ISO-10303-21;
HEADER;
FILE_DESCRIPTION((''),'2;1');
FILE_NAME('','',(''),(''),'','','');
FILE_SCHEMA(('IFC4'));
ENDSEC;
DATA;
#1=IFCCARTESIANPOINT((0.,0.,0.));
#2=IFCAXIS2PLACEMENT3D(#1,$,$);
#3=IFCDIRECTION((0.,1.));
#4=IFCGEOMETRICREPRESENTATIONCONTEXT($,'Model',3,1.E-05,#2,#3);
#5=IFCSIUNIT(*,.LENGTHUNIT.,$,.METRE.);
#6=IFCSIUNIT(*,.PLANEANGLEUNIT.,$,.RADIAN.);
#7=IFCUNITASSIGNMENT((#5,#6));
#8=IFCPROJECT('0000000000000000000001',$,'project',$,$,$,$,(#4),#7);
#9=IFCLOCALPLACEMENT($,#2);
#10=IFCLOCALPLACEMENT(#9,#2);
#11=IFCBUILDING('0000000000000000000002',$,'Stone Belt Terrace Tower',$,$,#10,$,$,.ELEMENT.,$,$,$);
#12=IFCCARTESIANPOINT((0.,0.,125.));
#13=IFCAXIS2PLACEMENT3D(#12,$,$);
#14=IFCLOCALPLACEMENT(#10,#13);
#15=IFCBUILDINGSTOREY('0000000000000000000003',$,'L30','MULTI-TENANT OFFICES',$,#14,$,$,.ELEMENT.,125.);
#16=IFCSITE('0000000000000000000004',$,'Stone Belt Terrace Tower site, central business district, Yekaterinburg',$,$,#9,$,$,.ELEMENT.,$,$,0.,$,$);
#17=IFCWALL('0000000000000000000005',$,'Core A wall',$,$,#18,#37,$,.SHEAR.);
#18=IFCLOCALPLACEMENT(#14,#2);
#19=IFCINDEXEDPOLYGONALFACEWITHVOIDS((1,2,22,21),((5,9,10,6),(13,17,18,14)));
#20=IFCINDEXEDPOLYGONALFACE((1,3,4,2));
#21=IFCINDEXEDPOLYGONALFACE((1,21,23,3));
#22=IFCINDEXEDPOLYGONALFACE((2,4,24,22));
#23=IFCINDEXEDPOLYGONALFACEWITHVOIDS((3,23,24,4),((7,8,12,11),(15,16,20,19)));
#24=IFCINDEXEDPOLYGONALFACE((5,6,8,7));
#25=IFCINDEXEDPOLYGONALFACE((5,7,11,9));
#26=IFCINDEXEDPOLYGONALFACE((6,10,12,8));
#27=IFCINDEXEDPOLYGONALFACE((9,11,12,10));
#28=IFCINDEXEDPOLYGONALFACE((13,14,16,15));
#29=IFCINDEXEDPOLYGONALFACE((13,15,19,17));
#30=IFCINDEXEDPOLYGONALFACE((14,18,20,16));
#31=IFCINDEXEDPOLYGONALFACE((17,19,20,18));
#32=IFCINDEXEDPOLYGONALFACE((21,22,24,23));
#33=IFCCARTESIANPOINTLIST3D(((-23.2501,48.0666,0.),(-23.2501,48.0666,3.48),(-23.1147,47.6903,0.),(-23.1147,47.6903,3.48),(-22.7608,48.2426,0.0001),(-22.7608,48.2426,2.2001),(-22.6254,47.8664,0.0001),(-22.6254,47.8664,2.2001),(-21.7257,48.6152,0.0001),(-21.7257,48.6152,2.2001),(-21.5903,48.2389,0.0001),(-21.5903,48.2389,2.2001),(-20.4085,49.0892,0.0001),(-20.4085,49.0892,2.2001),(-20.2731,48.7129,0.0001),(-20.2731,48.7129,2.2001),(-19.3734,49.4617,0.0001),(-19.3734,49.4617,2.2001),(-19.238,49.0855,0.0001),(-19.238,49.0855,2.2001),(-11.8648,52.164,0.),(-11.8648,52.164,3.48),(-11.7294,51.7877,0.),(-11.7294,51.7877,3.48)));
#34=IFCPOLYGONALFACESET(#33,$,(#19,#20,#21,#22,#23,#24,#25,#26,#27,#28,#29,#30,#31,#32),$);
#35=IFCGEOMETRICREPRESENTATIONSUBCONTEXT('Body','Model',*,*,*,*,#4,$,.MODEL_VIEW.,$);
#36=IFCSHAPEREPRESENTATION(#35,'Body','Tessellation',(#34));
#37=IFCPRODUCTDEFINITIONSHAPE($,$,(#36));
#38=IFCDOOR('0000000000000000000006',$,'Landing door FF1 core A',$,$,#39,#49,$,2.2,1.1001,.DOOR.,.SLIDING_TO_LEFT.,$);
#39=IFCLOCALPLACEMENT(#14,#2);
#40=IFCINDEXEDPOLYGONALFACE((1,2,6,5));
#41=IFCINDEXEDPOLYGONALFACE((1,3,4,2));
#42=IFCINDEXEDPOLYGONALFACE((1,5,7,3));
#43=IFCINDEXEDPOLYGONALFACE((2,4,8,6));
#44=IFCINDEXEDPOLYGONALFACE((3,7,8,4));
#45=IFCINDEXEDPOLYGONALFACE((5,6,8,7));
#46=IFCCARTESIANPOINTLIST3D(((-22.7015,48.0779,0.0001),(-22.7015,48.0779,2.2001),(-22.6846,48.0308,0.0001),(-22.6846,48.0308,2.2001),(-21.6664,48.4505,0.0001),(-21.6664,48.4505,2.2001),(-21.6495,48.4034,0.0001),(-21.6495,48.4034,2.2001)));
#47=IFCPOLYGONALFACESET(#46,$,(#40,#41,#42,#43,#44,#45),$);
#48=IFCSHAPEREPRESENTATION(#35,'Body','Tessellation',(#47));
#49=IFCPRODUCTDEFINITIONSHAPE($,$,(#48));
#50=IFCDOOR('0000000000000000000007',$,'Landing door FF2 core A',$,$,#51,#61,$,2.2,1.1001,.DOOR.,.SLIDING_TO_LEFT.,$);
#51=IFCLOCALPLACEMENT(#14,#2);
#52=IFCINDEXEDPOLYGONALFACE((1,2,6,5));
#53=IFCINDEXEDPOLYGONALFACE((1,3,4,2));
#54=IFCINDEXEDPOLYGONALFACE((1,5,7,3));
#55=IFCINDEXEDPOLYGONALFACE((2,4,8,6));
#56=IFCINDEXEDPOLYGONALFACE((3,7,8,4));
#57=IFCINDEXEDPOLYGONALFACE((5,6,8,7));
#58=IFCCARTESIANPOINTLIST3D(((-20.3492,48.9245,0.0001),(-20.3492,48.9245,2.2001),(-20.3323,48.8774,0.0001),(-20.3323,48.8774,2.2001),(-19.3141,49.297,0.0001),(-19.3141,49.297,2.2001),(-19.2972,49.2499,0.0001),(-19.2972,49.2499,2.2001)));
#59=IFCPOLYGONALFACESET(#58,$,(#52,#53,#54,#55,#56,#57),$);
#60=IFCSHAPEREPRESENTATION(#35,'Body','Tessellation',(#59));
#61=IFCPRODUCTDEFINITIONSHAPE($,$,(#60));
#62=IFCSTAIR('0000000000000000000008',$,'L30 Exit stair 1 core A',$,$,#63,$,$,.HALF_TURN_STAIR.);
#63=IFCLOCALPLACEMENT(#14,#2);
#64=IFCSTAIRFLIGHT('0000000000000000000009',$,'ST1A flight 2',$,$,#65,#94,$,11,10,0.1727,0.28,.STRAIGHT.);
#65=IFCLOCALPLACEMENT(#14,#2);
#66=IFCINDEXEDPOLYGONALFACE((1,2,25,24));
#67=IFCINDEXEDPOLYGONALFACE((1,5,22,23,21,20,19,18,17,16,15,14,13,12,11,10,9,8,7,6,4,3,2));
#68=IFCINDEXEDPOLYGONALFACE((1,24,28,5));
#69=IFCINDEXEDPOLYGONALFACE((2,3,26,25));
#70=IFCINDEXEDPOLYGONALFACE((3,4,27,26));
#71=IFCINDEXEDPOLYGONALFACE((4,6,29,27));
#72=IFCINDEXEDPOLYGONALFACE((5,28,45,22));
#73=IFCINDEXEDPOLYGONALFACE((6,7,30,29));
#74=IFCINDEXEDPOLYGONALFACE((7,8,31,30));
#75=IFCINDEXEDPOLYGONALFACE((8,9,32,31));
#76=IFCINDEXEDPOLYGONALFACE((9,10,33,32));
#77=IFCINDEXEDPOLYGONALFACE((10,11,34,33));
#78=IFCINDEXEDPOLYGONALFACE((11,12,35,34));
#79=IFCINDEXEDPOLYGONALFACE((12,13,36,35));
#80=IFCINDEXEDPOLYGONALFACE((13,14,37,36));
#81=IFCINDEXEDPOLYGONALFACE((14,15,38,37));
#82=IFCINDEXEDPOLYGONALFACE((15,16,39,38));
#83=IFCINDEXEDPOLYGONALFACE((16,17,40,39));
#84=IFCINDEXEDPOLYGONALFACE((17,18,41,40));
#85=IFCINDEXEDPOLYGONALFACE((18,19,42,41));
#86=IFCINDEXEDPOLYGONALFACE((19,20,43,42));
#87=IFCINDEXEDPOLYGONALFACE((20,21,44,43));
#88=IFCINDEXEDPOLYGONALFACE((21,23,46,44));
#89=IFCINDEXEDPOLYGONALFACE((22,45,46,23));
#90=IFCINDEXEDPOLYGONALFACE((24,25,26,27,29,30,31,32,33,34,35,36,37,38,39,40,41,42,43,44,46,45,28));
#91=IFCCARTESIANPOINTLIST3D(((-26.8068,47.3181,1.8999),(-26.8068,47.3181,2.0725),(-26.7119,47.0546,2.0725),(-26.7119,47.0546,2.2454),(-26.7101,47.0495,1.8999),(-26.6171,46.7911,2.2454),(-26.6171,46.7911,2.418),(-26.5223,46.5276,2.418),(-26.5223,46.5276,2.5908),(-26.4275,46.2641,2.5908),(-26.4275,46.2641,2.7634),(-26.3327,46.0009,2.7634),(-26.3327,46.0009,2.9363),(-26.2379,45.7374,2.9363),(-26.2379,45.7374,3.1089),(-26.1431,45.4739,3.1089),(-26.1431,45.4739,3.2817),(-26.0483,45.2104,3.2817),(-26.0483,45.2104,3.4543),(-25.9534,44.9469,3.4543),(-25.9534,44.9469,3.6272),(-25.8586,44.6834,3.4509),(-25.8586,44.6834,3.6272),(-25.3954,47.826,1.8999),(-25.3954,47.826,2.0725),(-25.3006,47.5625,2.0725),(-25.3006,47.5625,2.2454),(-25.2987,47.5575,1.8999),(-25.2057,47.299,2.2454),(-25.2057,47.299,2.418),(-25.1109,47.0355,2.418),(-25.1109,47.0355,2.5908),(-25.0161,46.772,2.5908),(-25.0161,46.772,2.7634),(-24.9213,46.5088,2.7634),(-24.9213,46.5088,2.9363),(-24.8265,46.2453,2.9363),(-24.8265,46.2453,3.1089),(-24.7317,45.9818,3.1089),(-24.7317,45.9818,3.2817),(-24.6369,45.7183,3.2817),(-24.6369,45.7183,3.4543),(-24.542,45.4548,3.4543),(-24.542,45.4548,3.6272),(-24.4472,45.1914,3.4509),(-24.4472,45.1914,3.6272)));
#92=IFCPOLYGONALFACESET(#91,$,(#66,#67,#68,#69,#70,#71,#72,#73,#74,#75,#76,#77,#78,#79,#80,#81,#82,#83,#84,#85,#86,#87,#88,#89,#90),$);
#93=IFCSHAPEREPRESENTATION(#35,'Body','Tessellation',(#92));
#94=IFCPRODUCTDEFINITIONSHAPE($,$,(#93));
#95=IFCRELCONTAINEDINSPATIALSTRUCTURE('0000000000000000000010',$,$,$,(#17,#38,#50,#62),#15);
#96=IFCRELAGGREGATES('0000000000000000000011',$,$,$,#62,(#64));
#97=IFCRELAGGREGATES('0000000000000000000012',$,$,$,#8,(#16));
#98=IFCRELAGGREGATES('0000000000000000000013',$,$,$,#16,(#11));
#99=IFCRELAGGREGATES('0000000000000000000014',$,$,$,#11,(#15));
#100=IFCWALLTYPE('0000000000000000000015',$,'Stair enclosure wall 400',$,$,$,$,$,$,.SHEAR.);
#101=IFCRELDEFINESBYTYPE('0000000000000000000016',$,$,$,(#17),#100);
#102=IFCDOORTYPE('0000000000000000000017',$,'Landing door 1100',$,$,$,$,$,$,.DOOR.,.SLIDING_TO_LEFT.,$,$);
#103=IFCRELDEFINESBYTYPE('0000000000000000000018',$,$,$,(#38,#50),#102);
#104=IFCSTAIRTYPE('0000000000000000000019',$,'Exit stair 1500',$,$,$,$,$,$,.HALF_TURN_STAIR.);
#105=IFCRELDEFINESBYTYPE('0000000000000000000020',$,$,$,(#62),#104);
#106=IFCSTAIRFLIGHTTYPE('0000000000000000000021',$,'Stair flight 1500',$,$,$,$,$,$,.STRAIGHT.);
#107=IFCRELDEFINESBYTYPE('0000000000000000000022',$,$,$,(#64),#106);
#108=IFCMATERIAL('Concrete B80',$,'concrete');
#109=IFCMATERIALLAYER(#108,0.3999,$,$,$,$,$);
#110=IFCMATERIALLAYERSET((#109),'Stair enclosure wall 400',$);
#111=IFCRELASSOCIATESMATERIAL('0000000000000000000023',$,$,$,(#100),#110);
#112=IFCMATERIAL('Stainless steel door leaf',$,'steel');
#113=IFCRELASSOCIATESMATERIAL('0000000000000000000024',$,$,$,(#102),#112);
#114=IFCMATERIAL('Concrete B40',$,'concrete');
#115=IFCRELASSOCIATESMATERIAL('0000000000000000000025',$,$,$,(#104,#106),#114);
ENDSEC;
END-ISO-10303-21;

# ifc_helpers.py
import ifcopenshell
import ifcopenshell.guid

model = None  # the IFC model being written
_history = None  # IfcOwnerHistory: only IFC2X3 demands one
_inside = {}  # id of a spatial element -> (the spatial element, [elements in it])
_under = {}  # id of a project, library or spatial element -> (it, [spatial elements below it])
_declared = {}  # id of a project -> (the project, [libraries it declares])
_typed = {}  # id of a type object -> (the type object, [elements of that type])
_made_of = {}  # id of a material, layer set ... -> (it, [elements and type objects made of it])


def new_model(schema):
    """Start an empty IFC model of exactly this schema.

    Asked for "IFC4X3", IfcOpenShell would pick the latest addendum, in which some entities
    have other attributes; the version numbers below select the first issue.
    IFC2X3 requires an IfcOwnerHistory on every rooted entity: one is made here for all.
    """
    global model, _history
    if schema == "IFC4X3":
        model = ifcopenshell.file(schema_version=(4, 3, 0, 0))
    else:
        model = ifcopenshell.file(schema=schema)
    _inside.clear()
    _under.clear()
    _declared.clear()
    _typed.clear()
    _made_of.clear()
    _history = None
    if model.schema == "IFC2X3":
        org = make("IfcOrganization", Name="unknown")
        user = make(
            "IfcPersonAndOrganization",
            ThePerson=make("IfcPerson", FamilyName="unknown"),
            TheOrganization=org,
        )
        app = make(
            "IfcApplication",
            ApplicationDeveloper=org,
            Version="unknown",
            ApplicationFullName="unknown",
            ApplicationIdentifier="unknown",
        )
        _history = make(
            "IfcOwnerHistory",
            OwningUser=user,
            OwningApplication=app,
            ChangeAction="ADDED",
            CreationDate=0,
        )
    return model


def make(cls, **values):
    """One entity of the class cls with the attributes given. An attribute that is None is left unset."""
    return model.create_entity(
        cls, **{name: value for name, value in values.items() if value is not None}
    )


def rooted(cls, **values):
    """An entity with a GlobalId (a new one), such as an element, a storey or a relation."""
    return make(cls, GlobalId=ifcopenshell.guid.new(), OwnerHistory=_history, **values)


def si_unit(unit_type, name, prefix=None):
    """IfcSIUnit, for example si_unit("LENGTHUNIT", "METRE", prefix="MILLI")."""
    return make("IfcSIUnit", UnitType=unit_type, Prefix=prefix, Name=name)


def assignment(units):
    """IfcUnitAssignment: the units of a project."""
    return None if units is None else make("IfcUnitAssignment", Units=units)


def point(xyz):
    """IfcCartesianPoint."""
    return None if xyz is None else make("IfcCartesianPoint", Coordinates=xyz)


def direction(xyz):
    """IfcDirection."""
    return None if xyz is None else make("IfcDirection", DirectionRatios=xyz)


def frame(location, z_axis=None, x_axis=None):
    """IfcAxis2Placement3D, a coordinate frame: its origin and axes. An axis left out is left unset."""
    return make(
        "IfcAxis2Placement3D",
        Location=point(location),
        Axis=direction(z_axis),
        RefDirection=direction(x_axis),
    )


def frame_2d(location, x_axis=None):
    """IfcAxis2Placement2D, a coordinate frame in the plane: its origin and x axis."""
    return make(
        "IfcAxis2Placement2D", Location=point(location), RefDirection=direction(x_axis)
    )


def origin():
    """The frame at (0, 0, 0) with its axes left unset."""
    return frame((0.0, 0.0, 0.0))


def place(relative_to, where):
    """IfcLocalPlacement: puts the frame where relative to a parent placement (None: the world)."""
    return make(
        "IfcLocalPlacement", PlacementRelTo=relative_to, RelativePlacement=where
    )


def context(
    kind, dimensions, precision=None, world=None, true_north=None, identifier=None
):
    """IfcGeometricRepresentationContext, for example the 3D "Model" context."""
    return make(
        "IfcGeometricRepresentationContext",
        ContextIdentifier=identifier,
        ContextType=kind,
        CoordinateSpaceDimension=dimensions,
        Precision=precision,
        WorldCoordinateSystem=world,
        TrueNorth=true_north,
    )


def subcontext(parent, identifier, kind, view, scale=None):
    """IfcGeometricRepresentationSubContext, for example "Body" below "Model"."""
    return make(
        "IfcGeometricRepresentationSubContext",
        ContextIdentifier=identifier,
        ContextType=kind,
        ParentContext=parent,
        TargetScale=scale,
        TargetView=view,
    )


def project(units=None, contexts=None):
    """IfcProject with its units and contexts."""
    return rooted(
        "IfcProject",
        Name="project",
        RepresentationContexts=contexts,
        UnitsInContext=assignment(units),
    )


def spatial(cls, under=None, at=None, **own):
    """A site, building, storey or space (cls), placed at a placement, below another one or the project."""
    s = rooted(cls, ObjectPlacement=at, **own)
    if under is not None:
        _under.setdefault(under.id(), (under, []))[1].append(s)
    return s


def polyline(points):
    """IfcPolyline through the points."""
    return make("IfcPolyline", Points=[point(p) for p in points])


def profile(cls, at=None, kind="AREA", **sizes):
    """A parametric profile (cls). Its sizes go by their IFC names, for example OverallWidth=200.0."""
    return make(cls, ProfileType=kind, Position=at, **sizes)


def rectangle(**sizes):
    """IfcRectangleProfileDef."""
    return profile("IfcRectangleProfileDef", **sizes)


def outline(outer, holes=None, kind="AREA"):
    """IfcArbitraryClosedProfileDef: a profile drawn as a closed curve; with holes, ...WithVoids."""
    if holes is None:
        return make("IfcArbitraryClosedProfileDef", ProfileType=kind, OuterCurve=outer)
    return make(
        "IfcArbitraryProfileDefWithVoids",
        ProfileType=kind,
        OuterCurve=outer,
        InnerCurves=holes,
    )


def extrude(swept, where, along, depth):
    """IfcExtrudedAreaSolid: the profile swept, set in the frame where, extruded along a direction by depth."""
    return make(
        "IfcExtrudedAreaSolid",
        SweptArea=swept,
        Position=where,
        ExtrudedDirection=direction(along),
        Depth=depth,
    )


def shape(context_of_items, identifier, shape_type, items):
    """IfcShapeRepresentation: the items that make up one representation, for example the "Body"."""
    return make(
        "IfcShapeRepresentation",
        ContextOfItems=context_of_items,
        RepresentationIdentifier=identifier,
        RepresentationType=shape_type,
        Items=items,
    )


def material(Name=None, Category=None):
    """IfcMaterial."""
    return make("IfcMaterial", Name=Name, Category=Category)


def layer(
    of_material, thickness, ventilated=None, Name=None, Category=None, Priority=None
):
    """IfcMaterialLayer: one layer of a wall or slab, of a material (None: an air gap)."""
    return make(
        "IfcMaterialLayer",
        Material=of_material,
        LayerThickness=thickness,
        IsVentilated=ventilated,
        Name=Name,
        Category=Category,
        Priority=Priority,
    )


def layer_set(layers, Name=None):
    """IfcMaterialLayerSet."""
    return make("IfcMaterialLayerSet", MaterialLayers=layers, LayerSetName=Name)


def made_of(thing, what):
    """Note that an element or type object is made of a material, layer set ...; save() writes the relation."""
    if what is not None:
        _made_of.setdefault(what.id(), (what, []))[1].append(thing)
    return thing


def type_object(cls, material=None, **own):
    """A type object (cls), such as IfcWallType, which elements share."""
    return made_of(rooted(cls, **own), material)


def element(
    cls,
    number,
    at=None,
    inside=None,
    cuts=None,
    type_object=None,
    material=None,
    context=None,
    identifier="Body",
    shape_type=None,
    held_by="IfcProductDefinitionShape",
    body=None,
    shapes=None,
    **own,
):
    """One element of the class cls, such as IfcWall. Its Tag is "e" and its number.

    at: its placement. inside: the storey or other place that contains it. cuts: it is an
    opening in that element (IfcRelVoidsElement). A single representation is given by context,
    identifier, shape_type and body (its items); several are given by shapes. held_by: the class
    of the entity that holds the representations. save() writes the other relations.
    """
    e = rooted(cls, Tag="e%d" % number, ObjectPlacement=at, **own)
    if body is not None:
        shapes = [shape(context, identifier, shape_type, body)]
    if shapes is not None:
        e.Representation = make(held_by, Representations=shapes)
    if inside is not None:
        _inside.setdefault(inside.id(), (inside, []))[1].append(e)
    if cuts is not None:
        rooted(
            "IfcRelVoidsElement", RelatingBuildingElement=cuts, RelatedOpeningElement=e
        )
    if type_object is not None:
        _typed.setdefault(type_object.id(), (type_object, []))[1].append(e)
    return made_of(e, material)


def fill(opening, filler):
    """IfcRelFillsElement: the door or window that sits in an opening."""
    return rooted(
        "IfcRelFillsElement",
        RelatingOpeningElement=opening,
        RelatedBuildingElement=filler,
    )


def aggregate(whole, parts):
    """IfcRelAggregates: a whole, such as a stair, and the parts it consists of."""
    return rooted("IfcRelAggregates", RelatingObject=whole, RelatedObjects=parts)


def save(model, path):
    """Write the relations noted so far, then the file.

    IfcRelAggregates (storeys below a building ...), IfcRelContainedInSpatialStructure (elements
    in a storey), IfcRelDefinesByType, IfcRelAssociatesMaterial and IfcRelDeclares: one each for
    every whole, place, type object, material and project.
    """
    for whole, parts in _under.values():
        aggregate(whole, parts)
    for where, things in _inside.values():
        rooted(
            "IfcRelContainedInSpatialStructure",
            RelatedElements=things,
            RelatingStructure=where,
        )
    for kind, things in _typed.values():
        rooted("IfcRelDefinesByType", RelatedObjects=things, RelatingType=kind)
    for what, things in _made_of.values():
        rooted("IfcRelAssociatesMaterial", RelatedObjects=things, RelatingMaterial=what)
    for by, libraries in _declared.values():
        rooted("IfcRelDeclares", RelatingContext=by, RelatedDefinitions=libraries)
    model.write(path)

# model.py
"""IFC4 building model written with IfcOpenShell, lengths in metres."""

from ifc_helpers import new_model, si_unit, direction, frame, frame_2d, origin, place, context, subcontext, project, spatial, polyline, rectangle, outline, extrude, material, layer, layer_set, type_object, element, fill, aggregate, save


model = new_model("IFC4")

# Units and contexts
model_context = context("Model", 3, precision=1e-05, world=origin(), true_north=direction((0.0, 1.0)))
body_context = subcontext(model_context, "Body", "Model", "MODEL_VIEW")
ifc_project = project(units=[si_unit("LENGTHUNIT", "METRE"), si_unit("PLANEANGLEUNIT", "RADIAN")], contexts=[model_context])

# Site, building, storey
site_placement = place(None, origin())
site = spatial("IfcSite", under=ifc_project, at=site_placement, Name="Stone Belt Terrace Tower site, central business district, Yekaterinburg", CompositionType="ELEMENT", RefElevation=0.0)
building_placement = place(site_placement, origin())
building = spatial("IfcBuilding", under=site, at=building_placement, Name="Stone Belt Terrace Tower", CompositionType="ELEMENT")
storey_placement = place(building_placement, frame((0.0, 0.0, 125.0)))
storey = spatial("IfcBuildingStorey", under=building, at=storey_placement, Name="L30", Description="MULTI-TENANT OFFICES", CompositionType="ELEMENT", Elevation=125.0)

# Shared definitions
ifc_material_1 = material(Name="Concrete B80", Category="concrete")

# Shared definitions
ifc_material_2 = material(Name="Stainless steel door leaf", Category="steel")

# Shared definitions
ifc_layer_1 = layer(ifc_material_1, 0.3999)
ifc_layer_set_1 = layer_set([ifc_layer_1], Name="Stair enclosure wall 400")
wall_type_1 = type_object("IfcWallType", Name="Stair enclosure wall 400", PredefinedType="SHEAR", material=ifc_layer_set_1)

# Wall, openings, doors
wall_1_placement = place(storey_placement, frame((-23.1824, 47.8784, 0.0), z_axis=(0.0, 0.0, 1.0), x_axis=(0.940921, 0.338626, 0.0)))
wall_1 = element("IfcWall", 1, at=wall_1_placement, inside=storey, type_object=wall_type_1, Name="Core A wall", PredefinedType="SHEAR", context=body_context, shape_type="SweptSolid", body=[
    extrude(rectangle(XDim=12.1001, YDim=0.3999, at=frame_2d((6.05, 0.0))), origin(), (0.0, 0.0, 1.0), 3.48),
])
opening_1_placement = place(wall_1_placement, frame((0.52, 0.0, 0.0)))
opening_1 = element("IfcOpeningElement", 2, at=opening_1_placement, cuts=wall_1, PredefinedType="OPENING", context=body_context, shape_type="SweptSolid", body=[
    extrude(rectangle(XDim=1.1001, YDim=2.2, at=frame_2d((0.55, 1.1001))), frame((0.0, 0.21, 0.0), z_axis=(0.0, -1.0, 0.0), x_axis=(1.0, 0.0, 0.0)), (0.0, 0.0, 1.0), 0.4199),
])
opening_2_placement = place(wall_1_placement, frame((3.02, 0.0, 0.0)))
opening_2 = element("IfcOpeningElement", 3, at=opening_2_placement, cuts=wall_1, PredefinedType="OPENING", context=body_context, shape_type="SweptSolid", body=[
    extrude(rectangle(XDim=1.1001, YDim=2.2, at=frame_2d((0.55, 1.1001))), frame((0.0, 0.21, 0.0), z_axis=(0.0, -1.0, 0.0), x_axis=(1.0, 0.0, 0.0)), (0.0, 0.0, 1.0), 0.4199),
])
door_type_1 = type_object("IfcDoorType", Name="Landing door 1100", OperationType="SLIDING_TO_LEFT", PredefinedType="DOOR", material=ifc_material_2)
door_1_placement = place(opening_1_placement, origin())
door_1 = element("IfcDoor", 4, at=door_1_placement, inside=storey, type_object=door_type_1, Name="Landing door FF1 core A", OperationType="SLIDING_TO_LEFT", OverallHeight=2.2, OverallWidth=1.1001, PredefinedType="DOOR", context=body_context, shape_type="SweptSolid", body=[
    extrude(rectangle(XDim=1.1001, YDim=2.2, at=frame_2d((0.55, 1.1001))), frame((0.0, 0.0249, 0.0), z_axis=(0.0, -1.0, 0.0), x_axis=(1.0, 0.0, 0.0)), (0.0, 0.0, 1.0), 0.05),
])
fill(opening_1, door_1)
door_2_placement = place(opening_2_placement, origin())
door_2 = element("IfcDoor", 5, at=door_2_placement, inside=storey, type_object=door_type_1, Name="Landing door FF2 core A", OperationType="SLIDING_TO_LEFT", OverallHeight=2.2, OverallWidth=1.1001, PredefinedType="DOOR", context=body_context, shape_type="SweptSolid", body=[
    extrude(rectangle(XDim=1.1001, YDim=2.2, at=frame_2d((0.55, 1.1001))), frame((0.0, 0.0249, 0.0), z_axis=(0.0, -1.0, 0.0), x_axis=(1.0, 0.0, 0.0)), (0.0, 0.0, 1.0), 0.05),
])
fill(opening_2, door_2)

# Stair, stair flight
ifc_material_3 = material(Name="Concrete B40", Category="concrete")
stair_type = type_object("IfcStairType", Name="Exit stair 1500", PredefinedType="HALF_TURN_STAIR", material=ifc_material_3)
stair_placement = place(storey_placement, origin())
stair = element("IfcStair", 6, at=stair_placement, inside=storey, type_object=stair_type, Name="L30 Exit stair 1 core A", PredefinedType="HALF_TURN_STAIR")
stair_flight_type = type_object("IfcStairFlightType", Name="Stair flight 1500", PredefinedType="STRAIGHT", material=ifc_material_3)
stair_flight_placement = place(storey_placement, frame((-26.1011, 47.572, 1.8999), z_axis=(0.0, 0.0, 1.0), x_axis=(0.338624, -0.940922, 0.0)))
stair_flight = element("IfcStairFlight", 7, at=stair_flight_placement, type_object=stair_flight_type, Name="ST1A flight 2", NumberOfRisers=11, NumberOfTreads=10, PredefinedType="STRAIGHT", RiserHeight=0.1727, TreadLength=0.28, context=body_context, shape_type="SweptSolid", body=[
    extrude(outline(polyline([(0.0, 0.0), (0.0, 0.1726), (0.28, 0.1726), (0.28, 0.3455), (0.5601, 0.3455), (0.5601, 0.5181), (0.8401, 0.5181), (0.8401, 0.6909), (1.1201, 0.6909), (1.1201, 0.8635), (1.3999, 0.8635), (1.3999, 1.0364), (1.6799, 1.0364), (1.6799, 1.209), (1.96, 1.209), (1.96, 1.3818), (2.24, 1.3818), (2.24, 1.5544), (2.52, 1.5544), (2.52, 1.7273), (2.8, 1.7273), (2.8, 1.8999), (2.8, 1.551), (0.2854, 0.0), (0.0, 0.0)])), frame((0.0, 0.75, 0.0), z_axis=(0.0, -1.0, 0.0), x_axis=(1.0, 0.0, 0.0)), (0.0, 0.0, 1.0), 1.5),
])
aggregate(stair, [stair_flight])

save(model, "model.ifc")
